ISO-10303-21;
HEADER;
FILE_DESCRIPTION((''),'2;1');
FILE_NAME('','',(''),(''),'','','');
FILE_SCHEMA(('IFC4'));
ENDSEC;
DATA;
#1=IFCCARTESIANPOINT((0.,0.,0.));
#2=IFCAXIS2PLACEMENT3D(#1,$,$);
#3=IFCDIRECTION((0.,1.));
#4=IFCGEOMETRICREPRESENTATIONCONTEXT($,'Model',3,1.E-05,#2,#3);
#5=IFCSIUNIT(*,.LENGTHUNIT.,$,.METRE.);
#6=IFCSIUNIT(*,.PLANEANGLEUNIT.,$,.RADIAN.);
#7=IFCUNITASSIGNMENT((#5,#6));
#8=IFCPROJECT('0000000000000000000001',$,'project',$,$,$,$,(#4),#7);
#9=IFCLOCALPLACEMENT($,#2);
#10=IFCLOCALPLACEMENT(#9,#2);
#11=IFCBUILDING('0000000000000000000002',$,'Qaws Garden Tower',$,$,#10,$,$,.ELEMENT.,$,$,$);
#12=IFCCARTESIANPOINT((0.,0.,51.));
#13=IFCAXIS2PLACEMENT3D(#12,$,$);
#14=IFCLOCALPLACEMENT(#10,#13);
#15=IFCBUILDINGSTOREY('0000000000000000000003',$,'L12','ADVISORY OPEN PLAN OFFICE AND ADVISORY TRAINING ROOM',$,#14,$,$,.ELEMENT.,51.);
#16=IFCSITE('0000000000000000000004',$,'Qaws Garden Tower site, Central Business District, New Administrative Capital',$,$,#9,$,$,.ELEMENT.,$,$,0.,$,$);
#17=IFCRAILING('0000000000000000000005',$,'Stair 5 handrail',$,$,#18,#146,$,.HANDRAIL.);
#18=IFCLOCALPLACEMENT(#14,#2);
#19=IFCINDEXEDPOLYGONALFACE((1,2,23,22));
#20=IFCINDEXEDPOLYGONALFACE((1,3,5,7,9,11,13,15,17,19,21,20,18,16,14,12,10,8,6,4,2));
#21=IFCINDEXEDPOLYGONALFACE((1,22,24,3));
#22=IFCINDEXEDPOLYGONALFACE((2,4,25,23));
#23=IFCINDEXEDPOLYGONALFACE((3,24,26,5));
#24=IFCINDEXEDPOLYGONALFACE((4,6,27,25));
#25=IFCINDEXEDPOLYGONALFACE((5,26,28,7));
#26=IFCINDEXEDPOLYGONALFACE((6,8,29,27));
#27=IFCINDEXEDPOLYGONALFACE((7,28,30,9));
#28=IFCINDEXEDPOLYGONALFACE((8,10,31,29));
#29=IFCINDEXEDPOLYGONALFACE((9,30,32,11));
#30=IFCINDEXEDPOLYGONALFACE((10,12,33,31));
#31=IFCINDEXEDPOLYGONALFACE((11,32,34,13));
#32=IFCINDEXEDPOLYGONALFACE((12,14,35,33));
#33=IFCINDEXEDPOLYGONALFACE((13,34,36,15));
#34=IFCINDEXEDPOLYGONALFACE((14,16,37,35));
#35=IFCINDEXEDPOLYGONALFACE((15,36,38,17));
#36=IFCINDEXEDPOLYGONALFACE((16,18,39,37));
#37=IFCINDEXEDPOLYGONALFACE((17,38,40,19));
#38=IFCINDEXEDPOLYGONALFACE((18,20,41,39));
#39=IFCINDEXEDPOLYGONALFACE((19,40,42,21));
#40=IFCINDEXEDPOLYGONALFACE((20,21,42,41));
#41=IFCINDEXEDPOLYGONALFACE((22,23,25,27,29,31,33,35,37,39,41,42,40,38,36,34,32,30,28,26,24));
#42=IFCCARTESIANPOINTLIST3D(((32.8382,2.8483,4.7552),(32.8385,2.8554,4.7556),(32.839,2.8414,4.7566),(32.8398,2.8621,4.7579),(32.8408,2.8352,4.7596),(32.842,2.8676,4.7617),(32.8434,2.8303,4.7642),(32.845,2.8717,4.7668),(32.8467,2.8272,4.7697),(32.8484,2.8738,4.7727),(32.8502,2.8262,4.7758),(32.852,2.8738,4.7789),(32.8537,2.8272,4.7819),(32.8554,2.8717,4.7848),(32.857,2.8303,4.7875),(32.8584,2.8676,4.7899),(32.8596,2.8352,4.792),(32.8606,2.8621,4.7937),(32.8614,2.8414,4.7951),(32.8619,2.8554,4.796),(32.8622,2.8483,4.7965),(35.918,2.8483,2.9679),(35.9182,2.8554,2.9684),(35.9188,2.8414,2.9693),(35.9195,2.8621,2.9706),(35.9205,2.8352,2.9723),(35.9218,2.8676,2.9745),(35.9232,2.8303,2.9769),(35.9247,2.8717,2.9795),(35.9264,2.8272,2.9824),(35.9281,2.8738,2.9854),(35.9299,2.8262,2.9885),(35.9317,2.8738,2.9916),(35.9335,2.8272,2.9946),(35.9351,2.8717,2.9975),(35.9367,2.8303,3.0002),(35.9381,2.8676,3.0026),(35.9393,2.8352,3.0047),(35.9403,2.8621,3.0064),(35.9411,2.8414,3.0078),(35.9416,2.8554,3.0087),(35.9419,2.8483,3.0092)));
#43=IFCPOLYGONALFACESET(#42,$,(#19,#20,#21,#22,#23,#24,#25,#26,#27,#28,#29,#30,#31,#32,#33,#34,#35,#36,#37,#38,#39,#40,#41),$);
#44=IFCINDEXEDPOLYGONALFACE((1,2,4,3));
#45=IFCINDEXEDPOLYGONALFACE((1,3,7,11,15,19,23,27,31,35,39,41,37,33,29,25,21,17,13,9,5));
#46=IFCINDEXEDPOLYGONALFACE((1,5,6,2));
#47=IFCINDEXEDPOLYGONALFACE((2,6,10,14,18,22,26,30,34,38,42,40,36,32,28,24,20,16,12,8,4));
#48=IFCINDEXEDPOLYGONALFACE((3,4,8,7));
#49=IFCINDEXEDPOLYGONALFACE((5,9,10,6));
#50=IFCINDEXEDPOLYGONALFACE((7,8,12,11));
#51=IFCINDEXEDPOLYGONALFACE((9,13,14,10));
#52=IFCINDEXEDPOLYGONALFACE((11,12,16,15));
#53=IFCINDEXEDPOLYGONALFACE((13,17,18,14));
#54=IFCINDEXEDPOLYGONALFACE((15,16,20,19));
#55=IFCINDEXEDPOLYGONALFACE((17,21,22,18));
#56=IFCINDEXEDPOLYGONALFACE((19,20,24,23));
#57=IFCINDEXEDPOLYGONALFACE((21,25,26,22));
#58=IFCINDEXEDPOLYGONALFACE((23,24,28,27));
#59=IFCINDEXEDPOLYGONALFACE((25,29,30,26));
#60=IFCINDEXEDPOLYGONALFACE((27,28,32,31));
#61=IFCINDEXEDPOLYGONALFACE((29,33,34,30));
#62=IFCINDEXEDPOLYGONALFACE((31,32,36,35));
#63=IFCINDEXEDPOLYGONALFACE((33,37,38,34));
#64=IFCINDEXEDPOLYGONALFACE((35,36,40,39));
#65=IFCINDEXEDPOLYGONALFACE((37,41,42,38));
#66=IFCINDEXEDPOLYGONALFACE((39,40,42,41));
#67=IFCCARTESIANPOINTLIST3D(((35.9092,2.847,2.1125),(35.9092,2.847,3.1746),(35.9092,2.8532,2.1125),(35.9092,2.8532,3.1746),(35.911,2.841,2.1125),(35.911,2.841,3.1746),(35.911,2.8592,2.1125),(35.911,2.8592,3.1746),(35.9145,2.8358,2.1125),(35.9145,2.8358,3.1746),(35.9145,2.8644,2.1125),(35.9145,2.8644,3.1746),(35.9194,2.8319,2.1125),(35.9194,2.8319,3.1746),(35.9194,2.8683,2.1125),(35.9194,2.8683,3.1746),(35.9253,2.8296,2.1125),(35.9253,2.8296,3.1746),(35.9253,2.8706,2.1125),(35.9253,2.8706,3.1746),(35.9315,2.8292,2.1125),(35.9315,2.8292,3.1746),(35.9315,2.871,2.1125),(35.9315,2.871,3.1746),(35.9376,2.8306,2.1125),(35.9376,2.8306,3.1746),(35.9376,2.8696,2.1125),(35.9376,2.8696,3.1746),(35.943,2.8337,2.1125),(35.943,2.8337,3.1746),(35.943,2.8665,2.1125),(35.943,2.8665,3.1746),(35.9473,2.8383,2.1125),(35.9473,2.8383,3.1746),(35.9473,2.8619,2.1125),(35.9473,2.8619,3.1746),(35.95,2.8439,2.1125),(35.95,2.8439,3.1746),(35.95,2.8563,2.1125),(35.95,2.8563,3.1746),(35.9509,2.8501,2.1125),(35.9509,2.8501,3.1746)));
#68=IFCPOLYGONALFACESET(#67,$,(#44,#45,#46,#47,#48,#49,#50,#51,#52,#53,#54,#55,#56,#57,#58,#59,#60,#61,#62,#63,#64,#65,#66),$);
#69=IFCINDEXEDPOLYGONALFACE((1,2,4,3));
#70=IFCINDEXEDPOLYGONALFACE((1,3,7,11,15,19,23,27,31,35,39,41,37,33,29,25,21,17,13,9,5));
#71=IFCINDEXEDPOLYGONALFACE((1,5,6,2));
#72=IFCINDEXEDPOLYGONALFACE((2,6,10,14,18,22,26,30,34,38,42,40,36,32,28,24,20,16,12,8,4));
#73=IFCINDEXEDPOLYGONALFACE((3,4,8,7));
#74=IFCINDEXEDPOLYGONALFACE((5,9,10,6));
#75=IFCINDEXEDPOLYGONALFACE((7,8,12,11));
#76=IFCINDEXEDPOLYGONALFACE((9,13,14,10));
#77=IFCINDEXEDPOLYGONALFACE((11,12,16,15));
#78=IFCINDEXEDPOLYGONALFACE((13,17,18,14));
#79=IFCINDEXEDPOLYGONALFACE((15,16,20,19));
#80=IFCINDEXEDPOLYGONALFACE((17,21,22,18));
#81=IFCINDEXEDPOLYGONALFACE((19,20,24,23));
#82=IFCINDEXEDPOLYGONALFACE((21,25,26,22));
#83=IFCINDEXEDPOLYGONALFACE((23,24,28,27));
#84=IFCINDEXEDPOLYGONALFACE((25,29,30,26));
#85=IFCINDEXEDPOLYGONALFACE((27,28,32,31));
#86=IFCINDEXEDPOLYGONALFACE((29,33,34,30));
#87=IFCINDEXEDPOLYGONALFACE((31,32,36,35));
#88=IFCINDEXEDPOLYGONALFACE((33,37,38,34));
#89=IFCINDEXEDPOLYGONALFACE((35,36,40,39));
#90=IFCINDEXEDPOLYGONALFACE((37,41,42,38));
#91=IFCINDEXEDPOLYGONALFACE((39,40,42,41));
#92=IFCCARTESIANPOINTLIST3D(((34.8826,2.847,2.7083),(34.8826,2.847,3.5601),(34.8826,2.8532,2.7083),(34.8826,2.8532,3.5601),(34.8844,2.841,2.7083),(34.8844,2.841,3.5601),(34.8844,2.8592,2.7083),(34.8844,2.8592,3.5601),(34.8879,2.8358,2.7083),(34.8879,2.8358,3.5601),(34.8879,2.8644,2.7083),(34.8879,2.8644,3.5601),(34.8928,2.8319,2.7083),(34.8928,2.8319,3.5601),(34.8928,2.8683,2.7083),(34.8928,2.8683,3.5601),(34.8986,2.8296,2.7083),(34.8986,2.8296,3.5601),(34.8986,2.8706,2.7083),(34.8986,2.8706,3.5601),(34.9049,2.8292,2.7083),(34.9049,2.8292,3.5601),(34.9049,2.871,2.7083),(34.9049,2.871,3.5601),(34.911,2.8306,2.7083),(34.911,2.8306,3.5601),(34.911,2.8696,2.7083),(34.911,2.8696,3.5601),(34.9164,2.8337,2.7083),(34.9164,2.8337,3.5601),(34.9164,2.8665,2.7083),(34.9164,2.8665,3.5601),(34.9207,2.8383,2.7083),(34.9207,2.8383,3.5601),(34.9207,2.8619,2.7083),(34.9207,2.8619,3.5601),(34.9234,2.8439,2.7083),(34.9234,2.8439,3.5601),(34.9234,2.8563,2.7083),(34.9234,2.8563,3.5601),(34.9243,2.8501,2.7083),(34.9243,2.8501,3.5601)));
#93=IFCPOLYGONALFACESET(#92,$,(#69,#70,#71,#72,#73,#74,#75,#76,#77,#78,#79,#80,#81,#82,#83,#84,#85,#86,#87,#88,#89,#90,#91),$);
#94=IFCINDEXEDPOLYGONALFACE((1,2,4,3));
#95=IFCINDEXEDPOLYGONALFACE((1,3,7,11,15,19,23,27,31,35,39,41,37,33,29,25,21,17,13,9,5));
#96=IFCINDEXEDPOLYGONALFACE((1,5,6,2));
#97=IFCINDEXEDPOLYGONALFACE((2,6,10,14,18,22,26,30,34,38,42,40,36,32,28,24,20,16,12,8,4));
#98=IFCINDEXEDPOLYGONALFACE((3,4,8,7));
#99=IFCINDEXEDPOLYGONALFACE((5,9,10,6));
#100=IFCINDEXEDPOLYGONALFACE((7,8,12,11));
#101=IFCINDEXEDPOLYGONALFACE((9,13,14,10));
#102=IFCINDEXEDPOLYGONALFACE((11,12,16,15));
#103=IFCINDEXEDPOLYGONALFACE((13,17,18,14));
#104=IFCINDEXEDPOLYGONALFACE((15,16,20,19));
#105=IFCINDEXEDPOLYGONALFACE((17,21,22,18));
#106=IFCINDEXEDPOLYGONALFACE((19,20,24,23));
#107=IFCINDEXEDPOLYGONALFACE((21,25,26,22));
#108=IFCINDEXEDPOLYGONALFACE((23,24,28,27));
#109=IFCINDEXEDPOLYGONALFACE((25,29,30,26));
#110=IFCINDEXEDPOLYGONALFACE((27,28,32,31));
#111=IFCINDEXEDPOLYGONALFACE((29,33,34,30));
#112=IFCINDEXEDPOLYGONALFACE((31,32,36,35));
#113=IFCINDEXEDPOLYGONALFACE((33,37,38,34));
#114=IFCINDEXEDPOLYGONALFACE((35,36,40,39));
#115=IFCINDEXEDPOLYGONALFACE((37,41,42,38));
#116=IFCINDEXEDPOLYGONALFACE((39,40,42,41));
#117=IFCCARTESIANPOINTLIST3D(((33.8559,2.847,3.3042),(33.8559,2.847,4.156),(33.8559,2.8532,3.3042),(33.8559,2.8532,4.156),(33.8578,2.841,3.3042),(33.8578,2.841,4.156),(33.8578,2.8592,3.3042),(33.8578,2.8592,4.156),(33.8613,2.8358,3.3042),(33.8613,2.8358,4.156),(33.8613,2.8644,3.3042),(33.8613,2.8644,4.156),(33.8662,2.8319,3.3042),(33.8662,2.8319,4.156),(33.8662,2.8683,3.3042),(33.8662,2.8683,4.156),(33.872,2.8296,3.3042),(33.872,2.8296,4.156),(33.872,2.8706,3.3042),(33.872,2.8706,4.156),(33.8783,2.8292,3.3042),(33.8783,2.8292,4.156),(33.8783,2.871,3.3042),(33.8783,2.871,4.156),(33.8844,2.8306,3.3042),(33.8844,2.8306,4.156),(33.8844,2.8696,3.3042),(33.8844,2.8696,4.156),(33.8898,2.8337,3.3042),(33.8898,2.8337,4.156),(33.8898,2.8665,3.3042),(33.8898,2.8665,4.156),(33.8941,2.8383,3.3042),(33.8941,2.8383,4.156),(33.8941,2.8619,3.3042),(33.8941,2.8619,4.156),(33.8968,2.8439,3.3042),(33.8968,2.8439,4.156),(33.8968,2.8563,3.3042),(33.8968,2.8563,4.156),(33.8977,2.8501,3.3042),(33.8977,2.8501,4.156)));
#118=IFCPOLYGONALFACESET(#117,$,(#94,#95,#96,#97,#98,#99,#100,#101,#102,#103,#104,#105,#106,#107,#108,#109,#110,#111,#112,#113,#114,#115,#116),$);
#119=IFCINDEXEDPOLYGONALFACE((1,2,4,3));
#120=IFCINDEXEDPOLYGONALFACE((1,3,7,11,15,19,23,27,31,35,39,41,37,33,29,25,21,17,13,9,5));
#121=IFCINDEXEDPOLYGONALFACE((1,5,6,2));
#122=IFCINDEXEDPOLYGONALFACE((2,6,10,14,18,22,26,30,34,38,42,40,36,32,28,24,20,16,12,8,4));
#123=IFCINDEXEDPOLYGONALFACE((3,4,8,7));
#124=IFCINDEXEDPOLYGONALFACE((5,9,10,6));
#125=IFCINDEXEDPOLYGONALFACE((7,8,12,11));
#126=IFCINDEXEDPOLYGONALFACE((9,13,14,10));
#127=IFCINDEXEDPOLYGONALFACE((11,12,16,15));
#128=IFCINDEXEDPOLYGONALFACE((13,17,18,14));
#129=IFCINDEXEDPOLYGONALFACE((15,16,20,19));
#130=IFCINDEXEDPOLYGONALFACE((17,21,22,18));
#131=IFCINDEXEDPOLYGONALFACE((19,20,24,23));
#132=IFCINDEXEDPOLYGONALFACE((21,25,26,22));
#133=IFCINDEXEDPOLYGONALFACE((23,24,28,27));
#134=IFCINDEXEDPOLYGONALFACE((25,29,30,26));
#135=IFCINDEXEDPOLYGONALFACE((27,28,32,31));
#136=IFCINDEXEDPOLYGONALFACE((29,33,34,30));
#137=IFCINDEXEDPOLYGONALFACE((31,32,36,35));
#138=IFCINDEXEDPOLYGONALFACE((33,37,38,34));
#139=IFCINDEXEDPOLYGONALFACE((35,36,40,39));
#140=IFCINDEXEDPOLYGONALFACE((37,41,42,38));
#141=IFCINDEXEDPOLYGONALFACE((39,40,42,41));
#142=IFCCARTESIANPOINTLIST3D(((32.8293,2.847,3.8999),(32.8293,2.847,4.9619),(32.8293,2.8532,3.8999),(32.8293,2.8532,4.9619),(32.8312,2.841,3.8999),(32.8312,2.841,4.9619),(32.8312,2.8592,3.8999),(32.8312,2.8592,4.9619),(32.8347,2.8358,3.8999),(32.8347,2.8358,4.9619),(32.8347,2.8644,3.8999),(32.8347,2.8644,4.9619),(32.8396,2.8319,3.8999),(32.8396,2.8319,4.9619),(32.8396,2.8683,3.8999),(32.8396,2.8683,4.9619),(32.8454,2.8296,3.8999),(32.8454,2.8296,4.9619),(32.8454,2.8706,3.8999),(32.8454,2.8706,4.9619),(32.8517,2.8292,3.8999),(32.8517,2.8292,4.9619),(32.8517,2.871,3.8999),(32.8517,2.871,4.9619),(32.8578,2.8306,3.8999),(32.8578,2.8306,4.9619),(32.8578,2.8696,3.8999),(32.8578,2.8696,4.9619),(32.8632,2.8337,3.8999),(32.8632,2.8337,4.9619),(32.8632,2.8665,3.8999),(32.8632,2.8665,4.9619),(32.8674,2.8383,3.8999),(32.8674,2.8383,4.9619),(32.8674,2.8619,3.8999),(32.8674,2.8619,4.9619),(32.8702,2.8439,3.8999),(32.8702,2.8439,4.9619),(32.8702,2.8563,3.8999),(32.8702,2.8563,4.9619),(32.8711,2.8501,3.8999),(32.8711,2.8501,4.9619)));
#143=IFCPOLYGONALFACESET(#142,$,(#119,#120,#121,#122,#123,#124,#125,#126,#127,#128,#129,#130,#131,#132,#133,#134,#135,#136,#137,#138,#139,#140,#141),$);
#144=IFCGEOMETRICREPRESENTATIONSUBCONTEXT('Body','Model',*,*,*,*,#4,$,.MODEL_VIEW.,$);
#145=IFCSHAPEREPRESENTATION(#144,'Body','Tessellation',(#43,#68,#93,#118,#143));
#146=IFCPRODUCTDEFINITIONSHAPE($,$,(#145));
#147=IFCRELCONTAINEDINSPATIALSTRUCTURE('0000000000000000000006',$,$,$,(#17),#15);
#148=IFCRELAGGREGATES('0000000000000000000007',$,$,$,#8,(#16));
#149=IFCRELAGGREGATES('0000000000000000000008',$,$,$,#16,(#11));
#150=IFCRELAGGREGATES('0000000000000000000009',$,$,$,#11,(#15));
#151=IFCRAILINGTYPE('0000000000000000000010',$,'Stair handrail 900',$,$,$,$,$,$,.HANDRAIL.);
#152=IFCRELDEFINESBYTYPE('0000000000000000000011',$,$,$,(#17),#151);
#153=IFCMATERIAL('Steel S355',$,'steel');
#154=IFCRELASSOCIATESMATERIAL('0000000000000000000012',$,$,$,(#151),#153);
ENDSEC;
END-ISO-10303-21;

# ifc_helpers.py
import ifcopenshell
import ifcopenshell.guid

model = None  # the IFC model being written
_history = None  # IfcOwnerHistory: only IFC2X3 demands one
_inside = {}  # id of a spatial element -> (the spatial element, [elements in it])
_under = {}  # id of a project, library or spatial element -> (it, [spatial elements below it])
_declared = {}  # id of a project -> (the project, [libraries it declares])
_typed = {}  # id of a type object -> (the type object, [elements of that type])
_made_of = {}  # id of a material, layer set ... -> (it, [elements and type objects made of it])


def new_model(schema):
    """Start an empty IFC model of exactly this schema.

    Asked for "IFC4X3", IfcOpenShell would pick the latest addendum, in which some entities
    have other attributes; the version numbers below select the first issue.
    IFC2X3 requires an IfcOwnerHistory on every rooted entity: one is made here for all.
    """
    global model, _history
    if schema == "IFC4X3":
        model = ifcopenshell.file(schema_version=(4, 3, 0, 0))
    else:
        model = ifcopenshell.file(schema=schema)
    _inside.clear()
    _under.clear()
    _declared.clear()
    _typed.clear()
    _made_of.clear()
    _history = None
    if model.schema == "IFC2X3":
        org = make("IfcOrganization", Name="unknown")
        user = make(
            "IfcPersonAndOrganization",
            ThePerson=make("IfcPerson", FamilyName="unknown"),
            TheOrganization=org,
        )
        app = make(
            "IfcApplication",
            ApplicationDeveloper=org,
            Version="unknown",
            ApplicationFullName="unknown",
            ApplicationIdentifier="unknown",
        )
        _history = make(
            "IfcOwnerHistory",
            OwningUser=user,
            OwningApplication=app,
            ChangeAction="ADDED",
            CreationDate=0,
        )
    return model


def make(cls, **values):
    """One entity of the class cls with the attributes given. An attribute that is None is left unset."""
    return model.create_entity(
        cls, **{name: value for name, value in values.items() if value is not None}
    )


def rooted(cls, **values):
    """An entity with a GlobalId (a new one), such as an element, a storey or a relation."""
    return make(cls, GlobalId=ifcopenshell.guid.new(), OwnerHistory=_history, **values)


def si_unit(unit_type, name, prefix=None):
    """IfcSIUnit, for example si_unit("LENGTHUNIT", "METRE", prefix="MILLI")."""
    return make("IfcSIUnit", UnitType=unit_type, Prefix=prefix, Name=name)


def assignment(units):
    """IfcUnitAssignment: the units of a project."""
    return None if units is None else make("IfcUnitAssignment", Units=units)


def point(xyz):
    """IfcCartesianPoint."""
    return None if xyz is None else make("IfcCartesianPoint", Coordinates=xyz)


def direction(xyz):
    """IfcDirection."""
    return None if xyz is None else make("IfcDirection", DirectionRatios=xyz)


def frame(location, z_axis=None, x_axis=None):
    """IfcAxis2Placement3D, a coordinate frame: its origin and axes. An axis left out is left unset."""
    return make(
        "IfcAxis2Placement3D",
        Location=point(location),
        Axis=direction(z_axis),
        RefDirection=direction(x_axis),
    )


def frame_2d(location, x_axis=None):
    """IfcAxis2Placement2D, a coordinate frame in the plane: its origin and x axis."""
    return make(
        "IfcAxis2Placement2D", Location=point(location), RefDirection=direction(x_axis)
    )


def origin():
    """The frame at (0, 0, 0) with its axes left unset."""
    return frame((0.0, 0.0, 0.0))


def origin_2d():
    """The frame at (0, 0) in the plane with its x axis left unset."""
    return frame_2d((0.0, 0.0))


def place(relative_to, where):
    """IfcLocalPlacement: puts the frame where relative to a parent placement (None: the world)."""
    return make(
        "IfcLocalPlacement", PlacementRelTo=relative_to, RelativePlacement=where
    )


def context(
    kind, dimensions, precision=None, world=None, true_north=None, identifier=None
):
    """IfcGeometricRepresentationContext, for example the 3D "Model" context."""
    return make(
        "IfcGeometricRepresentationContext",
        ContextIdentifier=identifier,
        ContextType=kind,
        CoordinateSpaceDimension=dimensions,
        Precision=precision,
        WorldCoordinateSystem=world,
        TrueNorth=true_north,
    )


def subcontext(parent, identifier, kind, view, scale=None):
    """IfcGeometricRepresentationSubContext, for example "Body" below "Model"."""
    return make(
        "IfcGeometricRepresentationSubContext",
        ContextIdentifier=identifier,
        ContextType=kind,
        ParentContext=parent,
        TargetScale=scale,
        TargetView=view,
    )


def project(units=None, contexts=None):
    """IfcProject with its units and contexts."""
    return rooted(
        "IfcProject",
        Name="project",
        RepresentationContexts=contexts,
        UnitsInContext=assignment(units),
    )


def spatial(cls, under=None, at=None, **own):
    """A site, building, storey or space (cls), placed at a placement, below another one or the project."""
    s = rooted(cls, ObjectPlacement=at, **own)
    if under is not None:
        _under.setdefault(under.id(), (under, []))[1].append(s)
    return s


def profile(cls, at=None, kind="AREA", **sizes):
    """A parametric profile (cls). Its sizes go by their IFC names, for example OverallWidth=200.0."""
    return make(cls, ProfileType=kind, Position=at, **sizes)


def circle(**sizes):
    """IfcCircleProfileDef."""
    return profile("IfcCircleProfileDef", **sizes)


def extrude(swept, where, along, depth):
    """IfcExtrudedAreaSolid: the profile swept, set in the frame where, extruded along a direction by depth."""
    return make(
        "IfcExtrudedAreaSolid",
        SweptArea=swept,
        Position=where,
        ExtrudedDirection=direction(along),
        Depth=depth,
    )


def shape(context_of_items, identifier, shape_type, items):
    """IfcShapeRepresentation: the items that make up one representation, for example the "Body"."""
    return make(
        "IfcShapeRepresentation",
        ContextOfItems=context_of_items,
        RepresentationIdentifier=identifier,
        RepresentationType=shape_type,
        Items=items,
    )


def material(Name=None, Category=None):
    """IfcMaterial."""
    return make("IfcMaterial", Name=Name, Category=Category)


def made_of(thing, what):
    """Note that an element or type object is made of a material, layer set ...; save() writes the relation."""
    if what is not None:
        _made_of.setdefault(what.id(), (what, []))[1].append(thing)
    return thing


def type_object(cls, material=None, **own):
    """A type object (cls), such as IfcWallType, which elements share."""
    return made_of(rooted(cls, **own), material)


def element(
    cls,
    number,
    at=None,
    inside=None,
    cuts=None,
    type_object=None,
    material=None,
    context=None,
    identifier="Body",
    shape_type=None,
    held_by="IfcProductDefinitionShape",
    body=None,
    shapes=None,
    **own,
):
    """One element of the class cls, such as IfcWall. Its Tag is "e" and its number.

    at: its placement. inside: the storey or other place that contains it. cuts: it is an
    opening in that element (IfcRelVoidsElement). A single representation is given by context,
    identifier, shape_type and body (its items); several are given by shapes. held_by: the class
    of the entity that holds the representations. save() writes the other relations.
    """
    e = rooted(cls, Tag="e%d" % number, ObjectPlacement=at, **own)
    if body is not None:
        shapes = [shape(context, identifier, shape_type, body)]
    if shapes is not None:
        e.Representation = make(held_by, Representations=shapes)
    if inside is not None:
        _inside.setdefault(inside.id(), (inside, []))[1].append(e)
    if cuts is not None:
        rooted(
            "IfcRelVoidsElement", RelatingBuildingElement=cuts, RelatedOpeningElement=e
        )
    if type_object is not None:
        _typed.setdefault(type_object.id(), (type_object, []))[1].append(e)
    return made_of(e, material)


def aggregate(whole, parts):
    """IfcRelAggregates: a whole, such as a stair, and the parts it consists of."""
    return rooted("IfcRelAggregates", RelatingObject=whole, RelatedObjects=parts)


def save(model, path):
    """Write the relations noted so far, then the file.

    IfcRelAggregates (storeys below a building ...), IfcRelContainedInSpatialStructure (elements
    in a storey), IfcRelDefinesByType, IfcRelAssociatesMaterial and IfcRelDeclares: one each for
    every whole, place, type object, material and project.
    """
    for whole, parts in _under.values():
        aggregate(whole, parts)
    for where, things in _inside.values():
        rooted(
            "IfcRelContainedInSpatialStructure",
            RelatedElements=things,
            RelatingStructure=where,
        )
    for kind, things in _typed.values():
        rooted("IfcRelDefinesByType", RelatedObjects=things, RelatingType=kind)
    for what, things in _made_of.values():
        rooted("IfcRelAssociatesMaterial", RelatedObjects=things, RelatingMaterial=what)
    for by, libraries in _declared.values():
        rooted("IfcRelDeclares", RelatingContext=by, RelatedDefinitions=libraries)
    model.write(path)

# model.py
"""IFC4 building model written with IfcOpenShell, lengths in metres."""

from ifc_helpers import new_model, si_unit, direction, frame, origin, origin_2d, place, context, subcontext, project, spatial, circle, extrude, material, type_object, element, save


model = new_model("IFC4")

# Units and contexts
model_context = context("Model", 3, precision=1e-05, world=origin(), true_north=direction((0.0, 1.0)))
body_context = subcontext(model_context, "Body", "Model", "MODEL_VIEW")
ifc_project = project(units=[si_unit("LENGTHUNIT", "METRE"), si_unit("PLANEANGLEUNIT", "RADIAN")], contexts=[model_context])

# Site, building, storey
site_placement = place(None, origin())
site = spatial("IfcSite", under=ifc_project, at=site_placement, Name="Qaws Garden Tower site, Central Business District, New Administrative Capital", CompositionType="ELEMENT", RefElevation=0.0)
building_placement = place(site_placement, origin())
building = spatial("IfcBuilding", under=site, at=building_placement, Name="Qaws Garden Tower", CompositionType="ELEMENT")
storey_placement = place(building_placement, frame((0.0, 0.0, 51.0)))
storey = spatial("IfcBuildingStorey", under=building, at=storey_placement, Name="L12", Description="ADVISORY OPEN PLAN OFFICE AND ADVISORY TRAINING ROOM", CompositionType="ELEMENT", Elevation=51.0)

# Railing
ifc_material_1 = material(Name="Steel S355", Category="steel")
railing_type = type_object("IfcRailingType", Name="Stair handrail 900", PredefinedType="HANDRAIL", material=ifc_material_1)
railing_1_placement = place(storey_placement, frame((35.9299, 2.8501, 2.1125)))
element("IfcRailing", 1, at=railing_1_placement, inside=storey, type_object=railing_type, Name="Stair 5 handrail", PredefinedType="HANDRAIL", context=body_context, shape_type="SweptSolid", body=[
    extrude(circle(Radius=0.0239, at=origin_2d()), frame((0.0, 0.0, 0.876), z_axis=(-0.864903, 0.0, 0.501939), x_axis=(0.0, -1.0, 0.0)), (0.0, 0.0, 1.0), 3.5608),
    extrude(circle(Radius=0.021, at=origin_2d()), origin(), (0.0, 0.0, 1.0), 1.062),
    extrude(circle(Radius=0.021, at=origin_2d()), frame((-1.0266, 0.0, 0.5957)), (0.0, 0.0, 1.0), 0.8518),
    extrude(circle(Radius=0.021, at=origin_2d()), frame((-2.0532, 0.0, 1.1917)), (0.0, 0.0, 1.0), 0.8518),
    extrude(circle(Radius=0.021, at=origin_2d()), frame((-3.0798, 0.0, 1.7874)), (0.0, 0.0, 1.0), 1.062),
])

save(model, "model.ifc")
